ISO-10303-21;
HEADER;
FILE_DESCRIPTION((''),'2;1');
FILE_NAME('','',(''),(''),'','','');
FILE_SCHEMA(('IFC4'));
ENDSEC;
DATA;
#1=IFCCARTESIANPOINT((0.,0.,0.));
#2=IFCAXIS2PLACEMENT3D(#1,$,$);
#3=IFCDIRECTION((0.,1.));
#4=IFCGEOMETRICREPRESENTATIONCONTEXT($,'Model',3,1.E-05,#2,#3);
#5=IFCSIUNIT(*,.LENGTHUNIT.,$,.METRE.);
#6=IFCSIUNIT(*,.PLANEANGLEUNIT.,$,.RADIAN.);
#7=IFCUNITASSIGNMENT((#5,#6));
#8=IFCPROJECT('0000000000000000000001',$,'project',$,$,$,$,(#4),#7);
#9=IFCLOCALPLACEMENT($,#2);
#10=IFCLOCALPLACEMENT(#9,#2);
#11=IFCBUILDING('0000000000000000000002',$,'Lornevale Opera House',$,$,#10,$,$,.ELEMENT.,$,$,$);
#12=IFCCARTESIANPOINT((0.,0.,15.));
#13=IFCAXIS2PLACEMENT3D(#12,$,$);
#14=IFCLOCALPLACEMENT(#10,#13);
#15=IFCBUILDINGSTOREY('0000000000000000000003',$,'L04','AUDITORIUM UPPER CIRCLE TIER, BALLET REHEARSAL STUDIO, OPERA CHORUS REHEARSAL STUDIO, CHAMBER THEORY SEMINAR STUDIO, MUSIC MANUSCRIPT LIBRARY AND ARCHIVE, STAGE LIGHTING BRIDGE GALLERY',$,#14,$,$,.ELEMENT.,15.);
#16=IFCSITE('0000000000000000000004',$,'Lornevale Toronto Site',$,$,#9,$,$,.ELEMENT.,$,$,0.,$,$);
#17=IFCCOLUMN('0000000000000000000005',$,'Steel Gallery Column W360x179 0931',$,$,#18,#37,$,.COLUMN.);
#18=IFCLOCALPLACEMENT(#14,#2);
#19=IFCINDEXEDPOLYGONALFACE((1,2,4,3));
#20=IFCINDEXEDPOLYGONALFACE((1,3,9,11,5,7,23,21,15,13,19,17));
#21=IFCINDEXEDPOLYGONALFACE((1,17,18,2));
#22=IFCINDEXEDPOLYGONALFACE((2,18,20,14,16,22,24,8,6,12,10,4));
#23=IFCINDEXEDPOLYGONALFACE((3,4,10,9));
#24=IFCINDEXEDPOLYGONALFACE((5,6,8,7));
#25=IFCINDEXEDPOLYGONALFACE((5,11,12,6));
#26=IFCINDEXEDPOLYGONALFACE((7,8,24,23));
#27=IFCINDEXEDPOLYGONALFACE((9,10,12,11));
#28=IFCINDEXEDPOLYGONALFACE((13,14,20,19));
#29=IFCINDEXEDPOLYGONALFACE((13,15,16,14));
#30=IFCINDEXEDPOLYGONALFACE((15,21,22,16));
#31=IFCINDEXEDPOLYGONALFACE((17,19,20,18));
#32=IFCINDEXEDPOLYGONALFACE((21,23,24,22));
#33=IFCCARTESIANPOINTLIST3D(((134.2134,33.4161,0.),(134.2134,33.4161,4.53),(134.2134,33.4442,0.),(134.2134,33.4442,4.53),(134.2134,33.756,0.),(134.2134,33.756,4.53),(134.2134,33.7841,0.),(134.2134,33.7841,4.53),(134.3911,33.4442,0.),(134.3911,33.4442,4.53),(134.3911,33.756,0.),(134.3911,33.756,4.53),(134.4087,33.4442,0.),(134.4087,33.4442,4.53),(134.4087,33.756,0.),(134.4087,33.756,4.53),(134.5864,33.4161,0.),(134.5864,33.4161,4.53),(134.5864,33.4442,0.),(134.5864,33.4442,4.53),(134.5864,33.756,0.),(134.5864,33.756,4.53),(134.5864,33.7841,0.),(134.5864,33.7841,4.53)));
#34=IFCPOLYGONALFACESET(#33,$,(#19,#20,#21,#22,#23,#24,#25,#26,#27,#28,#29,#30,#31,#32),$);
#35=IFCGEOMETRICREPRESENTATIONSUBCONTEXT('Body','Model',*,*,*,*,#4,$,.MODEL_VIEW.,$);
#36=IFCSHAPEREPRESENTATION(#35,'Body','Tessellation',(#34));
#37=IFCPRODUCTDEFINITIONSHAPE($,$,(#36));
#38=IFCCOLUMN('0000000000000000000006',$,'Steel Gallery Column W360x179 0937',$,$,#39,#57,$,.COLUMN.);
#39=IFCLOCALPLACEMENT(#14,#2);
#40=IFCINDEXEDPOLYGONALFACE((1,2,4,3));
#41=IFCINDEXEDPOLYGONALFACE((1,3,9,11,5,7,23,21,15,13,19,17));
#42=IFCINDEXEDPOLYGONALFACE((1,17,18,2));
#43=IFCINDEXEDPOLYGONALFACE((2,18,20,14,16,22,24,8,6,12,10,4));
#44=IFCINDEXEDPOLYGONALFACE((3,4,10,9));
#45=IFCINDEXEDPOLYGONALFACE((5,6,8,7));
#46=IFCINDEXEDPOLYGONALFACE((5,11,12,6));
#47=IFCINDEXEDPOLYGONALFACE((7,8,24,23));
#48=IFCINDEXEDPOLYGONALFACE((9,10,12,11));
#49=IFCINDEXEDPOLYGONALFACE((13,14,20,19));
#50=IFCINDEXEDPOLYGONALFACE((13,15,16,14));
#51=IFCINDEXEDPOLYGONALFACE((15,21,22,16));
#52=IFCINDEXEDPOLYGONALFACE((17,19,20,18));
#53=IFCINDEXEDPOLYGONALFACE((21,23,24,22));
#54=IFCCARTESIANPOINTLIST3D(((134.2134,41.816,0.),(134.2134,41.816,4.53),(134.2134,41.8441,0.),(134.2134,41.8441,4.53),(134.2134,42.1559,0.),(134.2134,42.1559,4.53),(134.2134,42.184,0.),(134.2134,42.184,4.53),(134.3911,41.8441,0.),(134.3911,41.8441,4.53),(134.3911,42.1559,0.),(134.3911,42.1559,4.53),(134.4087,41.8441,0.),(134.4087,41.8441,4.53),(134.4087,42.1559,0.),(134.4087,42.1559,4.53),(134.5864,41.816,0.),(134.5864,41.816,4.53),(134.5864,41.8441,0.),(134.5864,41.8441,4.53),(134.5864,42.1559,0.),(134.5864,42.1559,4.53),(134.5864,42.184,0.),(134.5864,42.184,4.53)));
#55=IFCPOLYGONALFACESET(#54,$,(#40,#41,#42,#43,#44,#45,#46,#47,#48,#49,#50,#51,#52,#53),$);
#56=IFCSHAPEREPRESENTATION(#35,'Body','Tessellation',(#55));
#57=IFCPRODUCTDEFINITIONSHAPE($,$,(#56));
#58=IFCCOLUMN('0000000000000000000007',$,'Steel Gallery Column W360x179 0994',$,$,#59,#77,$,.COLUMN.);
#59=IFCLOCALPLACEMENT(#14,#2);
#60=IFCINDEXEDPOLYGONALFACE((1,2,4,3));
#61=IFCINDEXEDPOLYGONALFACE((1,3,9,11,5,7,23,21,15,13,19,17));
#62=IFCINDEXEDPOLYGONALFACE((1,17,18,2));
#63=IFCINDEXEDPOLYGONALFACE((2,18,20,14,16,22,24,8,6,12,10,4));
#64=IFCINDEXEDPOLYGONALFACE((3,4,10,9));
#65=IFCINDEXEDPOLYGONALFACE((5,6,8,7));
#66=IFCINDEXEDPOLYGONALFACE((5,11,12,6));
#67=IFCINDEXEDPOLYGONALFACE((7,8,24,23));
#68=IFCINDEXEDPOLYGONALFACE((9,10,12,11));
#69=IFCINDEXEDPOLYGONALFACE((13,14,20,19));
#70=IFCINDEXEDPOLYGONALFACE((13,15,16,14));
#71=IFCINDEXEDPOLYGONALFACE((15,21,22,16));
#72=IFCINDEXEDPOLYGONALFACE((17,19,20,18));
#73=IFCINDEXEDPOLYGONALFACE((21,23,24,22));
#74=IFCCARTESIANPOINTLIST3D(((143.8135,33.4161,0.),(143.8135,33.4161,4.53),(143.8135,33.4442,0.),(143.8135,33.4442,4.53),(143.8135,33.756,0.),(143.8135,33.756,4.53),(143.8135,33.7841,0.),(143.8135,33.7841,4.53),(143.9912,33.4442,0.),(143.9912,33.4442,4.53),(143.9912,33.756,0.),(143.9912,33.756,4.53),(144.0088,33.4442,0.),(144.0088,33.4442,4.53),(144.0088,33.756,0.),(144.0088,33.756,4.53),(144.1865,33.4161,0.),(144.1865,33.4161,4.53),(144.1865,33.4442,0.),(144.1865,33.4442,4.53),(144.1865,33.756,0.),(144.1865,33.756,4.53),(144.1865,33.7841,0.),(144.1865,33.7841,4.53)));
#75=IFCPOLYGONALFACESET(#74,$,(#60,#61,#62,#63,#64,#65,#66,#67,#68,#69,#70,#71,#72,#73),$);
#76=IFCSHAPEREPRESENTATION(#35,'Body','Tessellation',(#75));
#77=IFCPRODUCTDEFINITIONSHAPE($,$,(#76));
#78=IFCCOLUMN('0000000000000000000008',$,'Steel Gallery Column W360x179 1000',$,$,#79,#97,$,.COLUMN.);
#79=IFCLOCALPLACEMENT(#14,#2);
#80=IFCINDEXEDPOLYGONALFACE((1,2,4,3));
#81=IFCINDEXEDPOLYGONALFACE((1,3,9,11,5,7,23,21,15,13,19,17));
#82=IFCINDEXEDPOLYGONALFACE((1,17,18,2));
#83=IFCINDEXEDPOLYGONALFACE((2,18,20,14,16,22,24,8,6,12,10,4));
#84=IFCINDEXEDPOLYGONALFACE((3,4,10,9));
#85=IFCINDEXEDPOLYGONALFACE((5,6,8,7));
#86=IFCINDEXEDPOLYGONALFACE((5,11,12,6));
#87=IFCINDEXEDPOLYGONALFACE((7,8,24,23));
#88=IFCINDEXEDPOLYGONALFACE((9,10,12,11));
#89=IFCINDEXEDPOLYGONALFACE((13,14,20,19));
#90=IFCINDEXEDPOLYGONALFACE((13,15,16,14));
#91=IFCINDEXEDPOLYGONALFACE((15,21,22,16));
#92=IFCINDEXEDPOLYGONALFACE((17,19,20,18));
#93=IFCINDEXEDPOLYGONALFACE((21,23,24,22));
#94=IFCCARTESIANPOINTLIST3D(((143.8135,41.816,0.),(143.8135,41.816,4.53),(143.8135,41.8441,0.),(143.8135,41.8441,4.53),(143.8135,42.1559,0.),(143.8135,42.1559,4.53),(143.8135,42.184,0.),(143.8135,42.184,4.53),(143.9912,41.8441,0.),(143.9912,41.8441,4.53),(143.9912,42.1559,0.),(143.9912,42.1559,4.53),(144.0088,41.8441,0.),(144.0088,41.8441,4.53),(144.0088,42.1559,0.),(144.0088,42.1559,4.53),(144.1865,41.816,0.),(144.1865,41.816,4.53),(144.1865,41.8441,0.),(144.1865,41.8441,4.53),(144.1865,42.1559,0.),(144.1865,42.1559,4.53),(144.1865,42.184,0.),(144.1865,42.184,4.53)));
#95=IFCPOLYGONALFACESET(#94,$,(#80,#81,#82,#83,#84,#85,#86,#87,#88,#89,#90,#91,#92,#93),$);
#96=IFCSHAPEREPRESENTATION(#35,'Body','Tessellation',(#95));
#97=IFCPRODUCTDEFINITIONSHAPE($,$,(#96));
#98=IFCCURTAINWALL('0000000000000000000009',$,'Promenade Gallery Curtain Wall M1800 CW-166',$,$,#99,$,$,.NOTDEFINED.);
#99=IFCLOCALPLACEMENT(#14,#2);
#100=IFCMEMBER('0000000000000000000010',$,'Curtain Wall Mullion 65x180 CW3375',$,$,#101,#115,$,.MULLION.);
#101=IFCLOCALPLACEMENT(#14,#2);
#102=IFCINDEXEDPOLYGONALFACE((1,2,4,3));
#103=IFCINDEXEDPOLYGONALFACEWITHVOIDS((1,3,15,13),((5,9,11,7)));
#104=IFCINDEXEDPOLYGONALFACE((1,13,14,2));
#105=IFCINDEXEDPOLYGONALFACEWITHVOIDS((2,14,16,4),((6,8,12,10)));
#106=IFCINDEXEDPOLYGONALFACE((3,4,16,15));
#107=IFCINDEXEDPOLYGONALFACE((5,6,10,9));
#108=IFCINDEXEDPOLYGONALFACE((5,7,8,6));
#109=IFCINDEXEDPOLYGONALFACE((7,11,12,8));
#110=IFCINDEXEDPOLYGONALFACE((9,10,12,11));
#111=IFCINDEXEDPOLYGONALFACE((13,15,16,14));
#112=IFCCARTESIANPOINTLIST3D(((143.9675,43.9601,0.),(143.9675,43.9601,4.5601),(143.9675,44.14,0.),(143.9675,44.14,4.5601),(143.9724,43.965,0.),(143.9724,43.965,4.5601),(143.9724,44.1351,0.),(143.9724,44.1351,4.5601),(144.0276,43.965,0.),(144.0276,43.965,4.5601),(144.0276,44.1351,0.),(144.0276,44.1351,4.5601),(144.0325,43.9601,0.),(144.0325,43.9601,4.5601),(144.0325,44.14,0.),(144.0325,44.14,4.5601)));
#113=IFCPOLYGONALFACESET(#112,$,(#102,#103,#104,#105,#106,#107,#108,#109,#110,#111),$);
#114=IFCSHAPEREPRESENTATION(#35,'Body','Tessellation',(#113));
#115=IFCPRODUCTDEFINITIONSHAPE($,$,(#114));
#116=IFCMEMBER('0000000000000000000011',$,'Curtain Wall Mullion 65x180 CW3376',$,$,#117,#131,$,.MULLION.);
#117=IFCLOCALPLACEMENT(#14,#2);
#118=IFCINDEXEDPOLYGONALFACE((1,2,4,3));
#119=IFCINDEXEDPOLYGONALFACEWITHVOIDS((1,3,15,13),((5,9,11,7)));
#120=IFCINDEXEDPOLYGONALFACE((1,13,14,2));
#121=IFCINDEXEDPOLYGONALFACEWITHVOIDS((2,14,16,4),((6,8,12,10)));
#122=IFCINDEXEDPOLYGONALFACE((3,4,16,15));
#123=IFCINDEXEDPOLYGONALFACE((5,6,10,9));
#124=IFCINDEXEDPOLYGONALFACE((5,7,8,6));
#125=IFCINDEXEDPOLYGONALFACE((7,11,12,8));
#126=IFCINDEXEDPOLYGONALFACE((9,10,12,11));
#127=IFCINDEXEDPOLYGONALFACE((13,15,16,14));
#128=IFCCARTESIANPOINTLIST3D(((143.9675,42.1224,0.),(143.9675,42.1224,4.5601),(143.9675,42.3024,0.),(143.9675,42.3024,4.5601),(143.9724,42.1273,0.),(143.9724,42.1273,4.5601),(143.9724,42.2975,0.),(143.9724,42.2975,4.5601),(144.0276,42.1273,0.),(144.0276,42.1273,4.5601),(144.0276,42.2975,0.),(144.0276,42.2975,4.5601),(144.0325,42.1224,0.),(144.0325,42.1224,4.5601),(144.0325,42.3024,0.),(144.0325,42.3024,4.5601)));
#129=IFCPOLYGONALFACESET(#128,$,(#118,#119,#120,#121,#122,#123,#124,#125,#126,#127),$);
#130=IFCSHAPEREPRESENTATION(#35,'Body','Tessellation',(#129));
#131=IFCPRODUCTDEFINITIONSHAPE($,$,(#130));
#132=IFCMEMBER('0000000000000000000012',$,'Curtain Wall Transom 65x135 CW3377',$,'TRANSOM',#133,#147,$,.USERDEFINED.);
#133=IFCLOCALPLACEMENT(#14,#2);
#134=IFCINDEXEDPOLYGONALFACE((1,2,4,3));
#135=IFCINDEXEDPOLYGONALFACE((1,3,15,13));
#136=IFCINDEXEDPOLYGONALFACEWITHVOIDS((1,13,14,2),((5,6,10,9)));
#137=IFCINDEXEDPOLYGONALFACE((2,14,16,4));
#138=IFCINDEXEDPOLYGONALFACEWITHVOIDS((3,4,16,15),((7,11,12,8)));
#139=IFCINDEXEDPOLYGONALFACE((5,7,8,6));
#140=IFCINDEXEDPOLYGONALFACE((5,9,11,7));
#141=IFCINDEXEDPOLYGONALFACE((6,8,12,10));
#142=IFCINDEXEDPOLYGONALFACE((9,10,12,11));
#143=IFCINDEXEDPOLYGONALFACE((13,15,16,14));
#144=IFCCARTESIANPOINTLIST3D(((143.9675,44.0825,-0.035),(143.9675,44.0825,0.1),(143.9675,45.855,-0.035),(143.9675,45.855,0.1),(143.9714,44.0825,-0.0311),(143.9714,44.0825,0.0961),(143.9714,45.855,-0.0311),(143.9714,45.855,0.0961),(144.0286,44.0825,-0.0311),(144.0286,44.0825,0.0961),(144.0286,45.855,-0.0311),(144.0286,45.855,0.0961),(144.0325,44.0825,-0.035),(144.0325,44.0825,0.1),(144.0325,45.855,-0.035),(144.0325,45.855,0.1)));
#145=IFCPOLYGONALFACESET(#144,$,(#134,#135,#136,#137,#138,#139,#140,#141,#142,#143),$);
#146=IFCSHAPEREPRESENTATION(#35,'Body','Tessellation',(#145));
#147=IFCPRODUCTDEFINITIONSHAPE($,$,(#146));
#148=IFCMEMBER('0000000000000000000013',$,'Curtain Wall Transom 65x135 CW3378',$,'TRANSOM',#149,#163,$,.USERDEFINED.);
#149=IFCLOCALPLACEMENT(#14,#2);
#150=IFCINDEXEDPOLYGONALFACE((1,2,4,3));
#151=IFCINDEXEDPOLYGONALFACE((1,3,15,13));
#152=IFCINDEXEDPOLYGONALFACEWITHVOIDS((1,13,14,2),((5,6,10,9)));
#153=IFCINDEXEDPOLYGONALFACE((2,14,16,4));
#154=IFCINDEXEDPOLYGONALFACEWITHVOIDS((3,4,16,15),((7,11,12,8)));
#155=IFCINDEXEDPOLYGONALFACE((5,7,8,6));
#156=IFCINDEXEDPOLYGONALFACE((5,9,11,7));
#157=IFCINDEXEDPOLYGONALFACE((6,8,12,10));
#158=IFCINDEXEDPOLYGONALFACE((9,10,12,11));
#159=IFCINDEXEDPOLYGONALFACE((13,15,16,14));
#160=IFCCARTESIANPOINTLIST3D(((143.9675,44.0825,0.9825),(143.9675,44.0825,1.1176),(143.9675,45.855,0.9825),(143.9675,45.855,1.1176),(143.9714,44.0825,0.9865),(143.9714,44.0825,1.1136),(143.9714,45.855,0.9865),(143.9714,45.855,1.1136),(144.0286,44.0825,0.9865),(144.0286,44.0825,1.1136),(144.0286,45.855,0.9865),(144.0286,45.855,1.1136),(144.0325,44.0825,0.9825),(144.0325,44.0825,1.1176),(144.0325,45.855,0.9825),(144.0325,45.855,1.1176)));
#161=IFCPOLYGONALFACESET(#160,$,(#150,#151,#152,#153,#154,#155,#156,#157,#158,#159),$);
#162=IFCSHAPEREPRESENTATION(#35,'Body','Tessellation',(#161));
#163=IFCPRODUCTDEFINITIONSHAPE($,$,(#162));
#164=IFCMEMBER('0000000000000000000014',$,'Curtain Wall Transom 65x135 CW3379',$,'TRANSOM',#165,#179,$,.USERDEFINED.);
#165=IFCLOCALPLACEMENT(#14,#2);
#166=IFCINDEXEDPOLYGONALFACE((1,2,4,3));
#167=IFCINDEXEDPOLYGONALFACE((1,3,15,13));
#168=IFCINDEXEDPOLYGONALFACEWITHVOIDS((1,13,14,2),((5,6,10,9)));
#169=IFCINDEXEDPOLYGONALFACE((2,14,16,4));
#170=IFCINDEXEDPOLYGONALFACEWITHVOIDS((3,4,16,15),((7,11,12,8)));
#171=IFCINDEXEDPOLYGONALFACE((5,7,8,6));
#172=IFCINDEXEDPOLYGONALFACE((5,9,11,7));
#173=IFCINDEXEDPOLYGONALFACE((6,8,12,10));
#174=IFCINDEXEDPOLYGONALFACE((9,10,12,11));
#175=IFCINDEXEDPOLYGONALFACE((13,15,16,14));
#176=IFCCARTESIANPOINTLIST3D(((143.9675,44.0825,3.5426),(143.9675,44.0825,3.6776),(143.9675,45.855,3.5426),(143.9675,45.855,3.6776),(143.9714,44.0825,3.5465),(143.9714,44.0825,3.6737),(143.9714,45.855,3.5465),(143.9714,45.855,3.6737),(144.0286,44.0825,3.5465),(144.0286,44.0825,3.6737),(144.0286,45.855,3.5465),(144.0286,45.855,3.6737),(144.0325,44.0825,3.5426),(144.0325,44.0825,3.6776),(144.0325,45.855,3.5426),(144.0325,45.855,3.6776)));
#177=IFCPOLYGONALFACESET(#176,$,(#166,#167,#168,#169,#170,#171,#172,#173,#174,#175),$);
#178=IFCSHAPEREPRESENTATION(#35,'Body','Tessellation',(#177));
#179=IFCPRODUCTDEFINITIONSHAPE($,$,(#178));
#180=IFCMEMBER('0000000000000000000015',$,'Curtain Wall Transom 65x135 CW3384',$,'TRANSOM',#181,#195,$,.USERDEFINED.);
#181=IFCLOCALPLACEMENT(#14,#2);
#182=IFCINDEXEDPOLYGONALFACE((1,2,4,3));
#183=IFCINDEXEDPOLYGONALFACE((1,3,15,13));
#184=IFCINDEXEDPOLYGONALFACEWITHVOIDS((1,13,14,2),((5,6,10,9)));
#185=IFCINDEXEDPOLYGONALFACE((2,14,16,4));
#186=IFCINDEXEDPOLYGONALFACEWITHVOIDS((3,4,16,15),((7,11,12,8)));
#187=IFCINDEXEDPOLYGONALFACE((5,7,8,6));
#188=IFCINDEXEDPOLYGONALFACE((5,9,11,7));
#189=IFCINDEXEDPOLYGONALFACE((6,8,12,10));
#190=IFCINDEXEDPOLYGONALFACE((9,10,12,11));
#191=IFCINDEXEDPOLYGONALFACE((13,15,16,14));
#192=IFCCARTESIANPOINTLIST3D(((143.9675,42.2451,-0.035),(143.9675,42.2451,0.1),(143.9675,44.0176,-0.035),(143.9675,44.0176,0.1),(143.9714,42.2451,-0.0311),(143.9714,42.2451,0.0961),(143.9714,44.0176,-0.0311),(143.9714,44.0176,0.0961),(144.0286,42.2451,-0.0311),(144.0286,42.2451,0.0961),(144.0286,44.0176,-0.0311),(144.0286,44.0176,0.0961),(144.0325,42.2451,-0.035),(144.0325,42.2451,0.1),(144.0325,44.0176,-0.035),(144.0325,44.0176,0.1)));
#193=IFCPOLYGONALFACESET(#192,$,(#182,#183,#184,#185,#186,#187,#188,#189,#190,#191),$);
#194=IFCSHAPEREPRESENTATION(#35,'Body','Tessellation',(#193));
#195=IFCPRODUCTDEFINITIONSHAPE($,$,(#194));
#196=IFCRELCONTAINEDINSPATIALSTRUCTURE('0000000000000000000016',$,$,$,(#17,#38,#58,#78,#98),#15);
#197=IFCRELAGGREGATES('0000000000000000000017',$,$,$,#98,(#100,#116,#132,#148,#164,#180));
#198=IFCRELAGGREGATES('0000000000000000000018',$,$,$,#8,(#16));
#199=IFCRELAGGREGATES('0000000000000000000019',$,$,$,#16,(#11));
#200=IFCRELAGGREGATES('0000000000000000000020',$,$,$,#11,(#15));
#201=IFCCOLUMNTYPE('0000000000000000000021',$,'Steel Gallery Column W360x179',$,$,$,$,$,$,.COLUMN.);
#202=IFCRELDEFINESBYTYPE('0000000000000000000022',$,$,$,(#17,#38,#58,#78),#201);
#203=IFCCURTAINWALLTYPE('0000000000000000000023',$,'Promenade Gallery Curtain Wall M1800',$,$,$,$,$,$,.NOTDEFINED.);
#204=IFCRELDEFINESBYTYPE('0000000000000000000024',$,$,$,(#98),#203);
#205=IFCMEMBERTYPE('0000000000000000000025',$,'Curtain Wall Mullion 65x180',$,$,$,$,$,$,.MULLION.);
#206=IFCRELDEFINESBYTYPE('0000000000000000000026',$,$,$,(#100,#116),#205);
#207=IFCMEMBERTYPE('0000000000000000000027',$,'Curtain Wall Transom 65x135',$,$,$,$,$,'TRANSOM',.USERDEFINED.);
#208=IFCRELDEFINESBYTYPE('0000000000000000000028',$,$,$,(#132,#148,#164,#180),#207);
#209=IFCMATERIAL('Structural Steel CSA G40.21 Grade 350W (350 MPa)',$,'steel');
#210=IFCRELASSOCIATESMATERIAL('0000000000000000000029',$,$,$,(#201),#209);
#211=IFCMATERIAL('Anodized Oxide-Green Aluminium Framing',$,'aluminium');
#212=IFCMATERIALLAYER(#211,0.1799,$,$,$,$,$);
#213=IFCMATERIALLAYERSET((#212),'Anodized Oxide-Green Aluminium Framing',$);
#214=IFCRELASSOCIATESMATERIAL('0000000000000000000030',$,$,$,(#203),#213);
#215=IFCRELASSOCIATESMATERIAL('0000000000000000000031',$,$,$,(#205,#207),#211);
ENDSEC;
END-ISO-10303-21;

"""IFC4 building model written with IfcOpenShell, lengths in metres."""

from ifc_helpers import new_model, si_unit, direction, frame, origin, origin_2d, place, context, subcontext, project, spatial, hollow_rectangle, i_section, extrude, material, layer, layer_set, material_profile, profile_set, type_object, element, aggregate, save


model = new_model("IFC4")

# Units and contexts
model_context = context("Model", 3, precision=1e-05, world=origin(), true_north=direction((0.0, 1.0)))
body_context = subcontext(model_context, "Body", "Model", "MODEL_VIEW")
ifc_project = project(units=[si_unit("LENGTHUNIT", "METRE"), si_unit("PLANEANGLEUNIT", "RADIAN")], contexts=[model_context])

# Site, building, storey
site_placement = place(None, origin())
site = spatial("IfcSite", under=ifc_project, at=site_placement, Name="Lornevale Toronto Site", CompositionType="ELEMENT", RefElevation=0.0)
building_placement = place(site_placement, origin())
building = spatial("IfcBuilding", under=site, at=building_placement, Name="Lornevale Opera House", CompositionType="ELEMENT")
storey_placement = place(building_placement, frame((0.0, 0.0, 15.0)))
storey = spatial("IfcBuildingStorey", under=building, at=storey_placement, Name="L04", Description="AUDITORIUM UPPER CIRCLE TIER, BALLET REHEARSAL STUDIO, OPERA CHORUS REHEARSAL STUDIO, CHAMBER THEORY SEMINAR STUDIO, MUSIC MANUSCRIPT LIBRARY AND ARCHIVE, STAGE LIGHTING BRIDGE GALLERY", CompositionType="ELEMENT", Elevation=15.0)

# Columns
ifc_material_1 = material(Name="Structural Steel CSA G40.21 Grade 350W (350 MPa)", Category="steel")
ifc_material_profile_1 = material_profile(ifc_material_1, i_section(OverallWidth=0.373, OverallDepth=0.3679, WebThickness=0.0176, FlangeThickness=0.0281, at=origin_2d()), Name="W360x179")
ifc_profile_set_1 = profile_set([ifc_material_profile_1], Name="Structural Steel CSA G40.21 Grade 350W (350 MPa)")
column_type = type_object("IfcColumnType", Name="Steel Gallery Column W360x179", PredefinedType="COLUMN", material=ifc_profile_set_1)
for number, where, z_axis, x_axis, name in (
    (1, (134.3999, 33.6001, 0.0), (0.0, 0.0, 1.0), (1.0, 0.0, 0.0), "Steel Gallery Column W360x179 0931"),
    (2, (134.3999, 42.0, 0.0), (0.0, 0.0, 1.0), (1.0, 0.0, 0.0), "Steel Gallery Column W360x179 0937"),
    (3, (144.0, 33.6001, 0.0), (0.0, 0.0, 1.0), (1.0, 0.0, 0.0), "Steel Gallery Column W360x179 0994"),
    (4, (144.0, 42.0, 0.0), (0.0, 0.0, 1.0), (1.0, 0.0, 0.0), "Steel Gallery Column W360x179 1000"),
):
    element("IfcColumn", number, at=place(storey_placement, frame(where, z_axis=z_axis, x_axis=x_axis)), inside=storey, type_object=column_type, Name=name, PredefinedType="COLUMN", context=body_context, shape_type="SweptSolid", body=[
        extrude(i_section(OverallWidth=0.373, OverallDepth=0.3679, WebThickness=0.0176, FlangeThickness=0.0281, at=origin_2d()), origin(), (0.0, 0.0, 1.0), 4.53),
    ])

# Curtain wall, members
ifc_material_2 = material(Name="Anodized Oxide-Green Aluminium Framing", Category="aluminium")
ifc_layer_1 = layer(ifc_material_2, 0.1799)
ifc_layer_set_1 = layer_set([ifc_layer_1], Name="Anodized Oxide-Green Aluminium Framing")
curtain_wall_type = type_object("IfcCurtainWallType", Name="Promenade Gallery Curtain Wall M1800", PredefinedType="NOTDEFINED", material=ifc_layer_set_1)
curtain_wall_placement = place(storey_placement, origin())
curtain_wall = element("IfcCurtainWall", 5, at=curtain_wall_placement, inside=storey, type_object=curtain_wall_type, Name="Promenade Gallery Curtain Wall M1800 CW-166", PredefinedType="NOTDEFINED")
ifc_material_profile_2 = material_profile(ifc_material_2, hollow_rectangle(XDim=0.0649, YDim=0.1799, WallThickness=0.0049, at=origin_2d()), Name="ALU65x180x5")
ifc_profile_set_2 = profile_set([ifc_material_profile_2], Name="Anodized Oxide-Green Aluminium Framing")
member_type_1 = type_object("IfcMemberType", Name="Curtain Wall Mullion 65x180", PredefinedType="MULLION", material=ifc_profile_set_2)
member_1_placement = place(storey_placement, frame((144.0, 44.05, 0.0), z_axis=(0.0, 0.0, 1.0), x_axis=(1.0, 0.0, 0.0)))
member_1 = element("IfcMember", 6, at=member_1_placement, type_object=member_type_1, Name="Curtain Wall Mullion 65x180 CW3375", PredefinedType="MULLION", context=body_context, shape_type="SweptSolid", body=[
    extrude(hollow_rectangle(XDim=0.0649, YDim=0.1799, WallThickness=0.0049, at=origin_2d()), origin(), (0.0, 0.0, 1.0), 4.5601),
])
member_2_placement = place(storey_placement, frame((144.0, 42.2124, 0.0), z_axis=(0.0, 0.0, 1.0), x_axis=(1.0, 0.0, 0.0)))
member_2 = element("IfcMember", 7, at=member_2_placement, type_object=member_type_1, Name="Curtain Wall Mullion 65x180 CW3376", PredefinedType="MULLION", context=body_context, shape_type="SweptSolid", body=[
    extrude(hollow_rectangle(XDim=0.0649, YDim=0.1799, WallThickness=0.0049, at=origin_2d()), origin(), (0.0, 0.0, 1.0), 4.5601),
])
ifc_material_profile_3 = material_profile(ifc_material_2, hollow_rectangle(XDim=0.0649, YDim=0.135, WallThickness=0.0039, at=origin_2d()), Name="ALU65x135x4")
ifc_profile_set_3 = profile_set([ifc_material_profile_3], Name="Anodized Oxide-Green Aluminium Framing")
member_type_2 = type_object("IfcMemberType", Name="Curtain Wall Transom 65x135", ElementType="TRANSOM", PredefinedType="USERDEFINED", material=ifc_profile_set_3)
member_3_placement = place(storey_placement, frame((144.0, 45.855, 0.0325), z_axis=(0.0, -1.0, 0.0), x_axis=(1.0, 0.0, 0.0)))
member_3 = element("IfcMember", 8, at=member_3_placement, type_object=member_type_2, Name="Curtain Wall Transom 65x135 CW3377", ObjectType="TRANSOM", PredefinedType="USERDEFINED", context=body_context, shape_type="SweptSolid", body=[
    extrude(hollow_rectangle(XDim=0.0649, YDim=0.135, WallThickness=0.0039, at=origin_2d()), origin(), (0.0, 0.0, 1.0), 1.7725),
])
member_4_placement = place(storey_placement, frame((144.0, 45.855, 1.05), z_axis=(0.0, -1.0, 0.0), x_axis=(1.0, 0.0, 0.0)))
member_4 = element("IfcMember", 9, at=member_4_placement, type_object=member_type_2, Name="Curtain Wall Transom 65x135 CW3378", ObjectType="TRANSOM", PredefinedType="USERDEFINED", context=body_context, shape_type="SweptSolid", body=[
    extrude(hollow_rectangle(XDim=0.0649, YDim=0.135, WallThickness=0.0039, at=origin_2d()), origin(), (0.0, 0.0, 1.0), 1.7725),
])
member_5_placement = place(storey_placement, frame((144.0, 45.855, 3.6101), z_axis=(0.0, -1.0, 0.0), x_axis=(1.0, 0.0, 0.0)))
member_5 = element("IfcMember", 10, at=member_5_placement, type_object=member_type_2, Name="Curtain Wall Transom 65x135 CW3379", ObjectType="TRANSOM", PredefinedType="USERDEFINED", context=body_context, shape_type="SweptSolid", body=[
    extrude(hollow_rectangle(XDim=0.0649, YDim=0.135, WallThickness=0.0039, at=origin_2d()), origin(), (0.0, 0.0, 1.0), 1.7725),
])
member_6_placement = place(storey_placement, frame((144.0, 44.0176, 0.0325), z_axis=(0.0, -1.0, 0.0), x_axis=(1.0, 0.0, 0.0)))
member_6 = element("IfcMember", 11, at=member_6_placement, type_object=member_type_2, Name="Curtain Wall Transom 65x135 CW3384", ObjectType="TRANSOM", PredefinedType="USERDEFINED", context=body_context, shape_type="SweptSolid", body=[
    extrude(hollow_rectangle(XDim=0.0649, YDim=0.135, WallThickness=0.0039, at=origin_2d()), origin(), (0.0, 0.0, 1.0), 1.7725),
])

aggregate(curtain_wall, [member_1, member_2, member_3, member_4, member_5, member_6])

save(model, "model.ifc")
